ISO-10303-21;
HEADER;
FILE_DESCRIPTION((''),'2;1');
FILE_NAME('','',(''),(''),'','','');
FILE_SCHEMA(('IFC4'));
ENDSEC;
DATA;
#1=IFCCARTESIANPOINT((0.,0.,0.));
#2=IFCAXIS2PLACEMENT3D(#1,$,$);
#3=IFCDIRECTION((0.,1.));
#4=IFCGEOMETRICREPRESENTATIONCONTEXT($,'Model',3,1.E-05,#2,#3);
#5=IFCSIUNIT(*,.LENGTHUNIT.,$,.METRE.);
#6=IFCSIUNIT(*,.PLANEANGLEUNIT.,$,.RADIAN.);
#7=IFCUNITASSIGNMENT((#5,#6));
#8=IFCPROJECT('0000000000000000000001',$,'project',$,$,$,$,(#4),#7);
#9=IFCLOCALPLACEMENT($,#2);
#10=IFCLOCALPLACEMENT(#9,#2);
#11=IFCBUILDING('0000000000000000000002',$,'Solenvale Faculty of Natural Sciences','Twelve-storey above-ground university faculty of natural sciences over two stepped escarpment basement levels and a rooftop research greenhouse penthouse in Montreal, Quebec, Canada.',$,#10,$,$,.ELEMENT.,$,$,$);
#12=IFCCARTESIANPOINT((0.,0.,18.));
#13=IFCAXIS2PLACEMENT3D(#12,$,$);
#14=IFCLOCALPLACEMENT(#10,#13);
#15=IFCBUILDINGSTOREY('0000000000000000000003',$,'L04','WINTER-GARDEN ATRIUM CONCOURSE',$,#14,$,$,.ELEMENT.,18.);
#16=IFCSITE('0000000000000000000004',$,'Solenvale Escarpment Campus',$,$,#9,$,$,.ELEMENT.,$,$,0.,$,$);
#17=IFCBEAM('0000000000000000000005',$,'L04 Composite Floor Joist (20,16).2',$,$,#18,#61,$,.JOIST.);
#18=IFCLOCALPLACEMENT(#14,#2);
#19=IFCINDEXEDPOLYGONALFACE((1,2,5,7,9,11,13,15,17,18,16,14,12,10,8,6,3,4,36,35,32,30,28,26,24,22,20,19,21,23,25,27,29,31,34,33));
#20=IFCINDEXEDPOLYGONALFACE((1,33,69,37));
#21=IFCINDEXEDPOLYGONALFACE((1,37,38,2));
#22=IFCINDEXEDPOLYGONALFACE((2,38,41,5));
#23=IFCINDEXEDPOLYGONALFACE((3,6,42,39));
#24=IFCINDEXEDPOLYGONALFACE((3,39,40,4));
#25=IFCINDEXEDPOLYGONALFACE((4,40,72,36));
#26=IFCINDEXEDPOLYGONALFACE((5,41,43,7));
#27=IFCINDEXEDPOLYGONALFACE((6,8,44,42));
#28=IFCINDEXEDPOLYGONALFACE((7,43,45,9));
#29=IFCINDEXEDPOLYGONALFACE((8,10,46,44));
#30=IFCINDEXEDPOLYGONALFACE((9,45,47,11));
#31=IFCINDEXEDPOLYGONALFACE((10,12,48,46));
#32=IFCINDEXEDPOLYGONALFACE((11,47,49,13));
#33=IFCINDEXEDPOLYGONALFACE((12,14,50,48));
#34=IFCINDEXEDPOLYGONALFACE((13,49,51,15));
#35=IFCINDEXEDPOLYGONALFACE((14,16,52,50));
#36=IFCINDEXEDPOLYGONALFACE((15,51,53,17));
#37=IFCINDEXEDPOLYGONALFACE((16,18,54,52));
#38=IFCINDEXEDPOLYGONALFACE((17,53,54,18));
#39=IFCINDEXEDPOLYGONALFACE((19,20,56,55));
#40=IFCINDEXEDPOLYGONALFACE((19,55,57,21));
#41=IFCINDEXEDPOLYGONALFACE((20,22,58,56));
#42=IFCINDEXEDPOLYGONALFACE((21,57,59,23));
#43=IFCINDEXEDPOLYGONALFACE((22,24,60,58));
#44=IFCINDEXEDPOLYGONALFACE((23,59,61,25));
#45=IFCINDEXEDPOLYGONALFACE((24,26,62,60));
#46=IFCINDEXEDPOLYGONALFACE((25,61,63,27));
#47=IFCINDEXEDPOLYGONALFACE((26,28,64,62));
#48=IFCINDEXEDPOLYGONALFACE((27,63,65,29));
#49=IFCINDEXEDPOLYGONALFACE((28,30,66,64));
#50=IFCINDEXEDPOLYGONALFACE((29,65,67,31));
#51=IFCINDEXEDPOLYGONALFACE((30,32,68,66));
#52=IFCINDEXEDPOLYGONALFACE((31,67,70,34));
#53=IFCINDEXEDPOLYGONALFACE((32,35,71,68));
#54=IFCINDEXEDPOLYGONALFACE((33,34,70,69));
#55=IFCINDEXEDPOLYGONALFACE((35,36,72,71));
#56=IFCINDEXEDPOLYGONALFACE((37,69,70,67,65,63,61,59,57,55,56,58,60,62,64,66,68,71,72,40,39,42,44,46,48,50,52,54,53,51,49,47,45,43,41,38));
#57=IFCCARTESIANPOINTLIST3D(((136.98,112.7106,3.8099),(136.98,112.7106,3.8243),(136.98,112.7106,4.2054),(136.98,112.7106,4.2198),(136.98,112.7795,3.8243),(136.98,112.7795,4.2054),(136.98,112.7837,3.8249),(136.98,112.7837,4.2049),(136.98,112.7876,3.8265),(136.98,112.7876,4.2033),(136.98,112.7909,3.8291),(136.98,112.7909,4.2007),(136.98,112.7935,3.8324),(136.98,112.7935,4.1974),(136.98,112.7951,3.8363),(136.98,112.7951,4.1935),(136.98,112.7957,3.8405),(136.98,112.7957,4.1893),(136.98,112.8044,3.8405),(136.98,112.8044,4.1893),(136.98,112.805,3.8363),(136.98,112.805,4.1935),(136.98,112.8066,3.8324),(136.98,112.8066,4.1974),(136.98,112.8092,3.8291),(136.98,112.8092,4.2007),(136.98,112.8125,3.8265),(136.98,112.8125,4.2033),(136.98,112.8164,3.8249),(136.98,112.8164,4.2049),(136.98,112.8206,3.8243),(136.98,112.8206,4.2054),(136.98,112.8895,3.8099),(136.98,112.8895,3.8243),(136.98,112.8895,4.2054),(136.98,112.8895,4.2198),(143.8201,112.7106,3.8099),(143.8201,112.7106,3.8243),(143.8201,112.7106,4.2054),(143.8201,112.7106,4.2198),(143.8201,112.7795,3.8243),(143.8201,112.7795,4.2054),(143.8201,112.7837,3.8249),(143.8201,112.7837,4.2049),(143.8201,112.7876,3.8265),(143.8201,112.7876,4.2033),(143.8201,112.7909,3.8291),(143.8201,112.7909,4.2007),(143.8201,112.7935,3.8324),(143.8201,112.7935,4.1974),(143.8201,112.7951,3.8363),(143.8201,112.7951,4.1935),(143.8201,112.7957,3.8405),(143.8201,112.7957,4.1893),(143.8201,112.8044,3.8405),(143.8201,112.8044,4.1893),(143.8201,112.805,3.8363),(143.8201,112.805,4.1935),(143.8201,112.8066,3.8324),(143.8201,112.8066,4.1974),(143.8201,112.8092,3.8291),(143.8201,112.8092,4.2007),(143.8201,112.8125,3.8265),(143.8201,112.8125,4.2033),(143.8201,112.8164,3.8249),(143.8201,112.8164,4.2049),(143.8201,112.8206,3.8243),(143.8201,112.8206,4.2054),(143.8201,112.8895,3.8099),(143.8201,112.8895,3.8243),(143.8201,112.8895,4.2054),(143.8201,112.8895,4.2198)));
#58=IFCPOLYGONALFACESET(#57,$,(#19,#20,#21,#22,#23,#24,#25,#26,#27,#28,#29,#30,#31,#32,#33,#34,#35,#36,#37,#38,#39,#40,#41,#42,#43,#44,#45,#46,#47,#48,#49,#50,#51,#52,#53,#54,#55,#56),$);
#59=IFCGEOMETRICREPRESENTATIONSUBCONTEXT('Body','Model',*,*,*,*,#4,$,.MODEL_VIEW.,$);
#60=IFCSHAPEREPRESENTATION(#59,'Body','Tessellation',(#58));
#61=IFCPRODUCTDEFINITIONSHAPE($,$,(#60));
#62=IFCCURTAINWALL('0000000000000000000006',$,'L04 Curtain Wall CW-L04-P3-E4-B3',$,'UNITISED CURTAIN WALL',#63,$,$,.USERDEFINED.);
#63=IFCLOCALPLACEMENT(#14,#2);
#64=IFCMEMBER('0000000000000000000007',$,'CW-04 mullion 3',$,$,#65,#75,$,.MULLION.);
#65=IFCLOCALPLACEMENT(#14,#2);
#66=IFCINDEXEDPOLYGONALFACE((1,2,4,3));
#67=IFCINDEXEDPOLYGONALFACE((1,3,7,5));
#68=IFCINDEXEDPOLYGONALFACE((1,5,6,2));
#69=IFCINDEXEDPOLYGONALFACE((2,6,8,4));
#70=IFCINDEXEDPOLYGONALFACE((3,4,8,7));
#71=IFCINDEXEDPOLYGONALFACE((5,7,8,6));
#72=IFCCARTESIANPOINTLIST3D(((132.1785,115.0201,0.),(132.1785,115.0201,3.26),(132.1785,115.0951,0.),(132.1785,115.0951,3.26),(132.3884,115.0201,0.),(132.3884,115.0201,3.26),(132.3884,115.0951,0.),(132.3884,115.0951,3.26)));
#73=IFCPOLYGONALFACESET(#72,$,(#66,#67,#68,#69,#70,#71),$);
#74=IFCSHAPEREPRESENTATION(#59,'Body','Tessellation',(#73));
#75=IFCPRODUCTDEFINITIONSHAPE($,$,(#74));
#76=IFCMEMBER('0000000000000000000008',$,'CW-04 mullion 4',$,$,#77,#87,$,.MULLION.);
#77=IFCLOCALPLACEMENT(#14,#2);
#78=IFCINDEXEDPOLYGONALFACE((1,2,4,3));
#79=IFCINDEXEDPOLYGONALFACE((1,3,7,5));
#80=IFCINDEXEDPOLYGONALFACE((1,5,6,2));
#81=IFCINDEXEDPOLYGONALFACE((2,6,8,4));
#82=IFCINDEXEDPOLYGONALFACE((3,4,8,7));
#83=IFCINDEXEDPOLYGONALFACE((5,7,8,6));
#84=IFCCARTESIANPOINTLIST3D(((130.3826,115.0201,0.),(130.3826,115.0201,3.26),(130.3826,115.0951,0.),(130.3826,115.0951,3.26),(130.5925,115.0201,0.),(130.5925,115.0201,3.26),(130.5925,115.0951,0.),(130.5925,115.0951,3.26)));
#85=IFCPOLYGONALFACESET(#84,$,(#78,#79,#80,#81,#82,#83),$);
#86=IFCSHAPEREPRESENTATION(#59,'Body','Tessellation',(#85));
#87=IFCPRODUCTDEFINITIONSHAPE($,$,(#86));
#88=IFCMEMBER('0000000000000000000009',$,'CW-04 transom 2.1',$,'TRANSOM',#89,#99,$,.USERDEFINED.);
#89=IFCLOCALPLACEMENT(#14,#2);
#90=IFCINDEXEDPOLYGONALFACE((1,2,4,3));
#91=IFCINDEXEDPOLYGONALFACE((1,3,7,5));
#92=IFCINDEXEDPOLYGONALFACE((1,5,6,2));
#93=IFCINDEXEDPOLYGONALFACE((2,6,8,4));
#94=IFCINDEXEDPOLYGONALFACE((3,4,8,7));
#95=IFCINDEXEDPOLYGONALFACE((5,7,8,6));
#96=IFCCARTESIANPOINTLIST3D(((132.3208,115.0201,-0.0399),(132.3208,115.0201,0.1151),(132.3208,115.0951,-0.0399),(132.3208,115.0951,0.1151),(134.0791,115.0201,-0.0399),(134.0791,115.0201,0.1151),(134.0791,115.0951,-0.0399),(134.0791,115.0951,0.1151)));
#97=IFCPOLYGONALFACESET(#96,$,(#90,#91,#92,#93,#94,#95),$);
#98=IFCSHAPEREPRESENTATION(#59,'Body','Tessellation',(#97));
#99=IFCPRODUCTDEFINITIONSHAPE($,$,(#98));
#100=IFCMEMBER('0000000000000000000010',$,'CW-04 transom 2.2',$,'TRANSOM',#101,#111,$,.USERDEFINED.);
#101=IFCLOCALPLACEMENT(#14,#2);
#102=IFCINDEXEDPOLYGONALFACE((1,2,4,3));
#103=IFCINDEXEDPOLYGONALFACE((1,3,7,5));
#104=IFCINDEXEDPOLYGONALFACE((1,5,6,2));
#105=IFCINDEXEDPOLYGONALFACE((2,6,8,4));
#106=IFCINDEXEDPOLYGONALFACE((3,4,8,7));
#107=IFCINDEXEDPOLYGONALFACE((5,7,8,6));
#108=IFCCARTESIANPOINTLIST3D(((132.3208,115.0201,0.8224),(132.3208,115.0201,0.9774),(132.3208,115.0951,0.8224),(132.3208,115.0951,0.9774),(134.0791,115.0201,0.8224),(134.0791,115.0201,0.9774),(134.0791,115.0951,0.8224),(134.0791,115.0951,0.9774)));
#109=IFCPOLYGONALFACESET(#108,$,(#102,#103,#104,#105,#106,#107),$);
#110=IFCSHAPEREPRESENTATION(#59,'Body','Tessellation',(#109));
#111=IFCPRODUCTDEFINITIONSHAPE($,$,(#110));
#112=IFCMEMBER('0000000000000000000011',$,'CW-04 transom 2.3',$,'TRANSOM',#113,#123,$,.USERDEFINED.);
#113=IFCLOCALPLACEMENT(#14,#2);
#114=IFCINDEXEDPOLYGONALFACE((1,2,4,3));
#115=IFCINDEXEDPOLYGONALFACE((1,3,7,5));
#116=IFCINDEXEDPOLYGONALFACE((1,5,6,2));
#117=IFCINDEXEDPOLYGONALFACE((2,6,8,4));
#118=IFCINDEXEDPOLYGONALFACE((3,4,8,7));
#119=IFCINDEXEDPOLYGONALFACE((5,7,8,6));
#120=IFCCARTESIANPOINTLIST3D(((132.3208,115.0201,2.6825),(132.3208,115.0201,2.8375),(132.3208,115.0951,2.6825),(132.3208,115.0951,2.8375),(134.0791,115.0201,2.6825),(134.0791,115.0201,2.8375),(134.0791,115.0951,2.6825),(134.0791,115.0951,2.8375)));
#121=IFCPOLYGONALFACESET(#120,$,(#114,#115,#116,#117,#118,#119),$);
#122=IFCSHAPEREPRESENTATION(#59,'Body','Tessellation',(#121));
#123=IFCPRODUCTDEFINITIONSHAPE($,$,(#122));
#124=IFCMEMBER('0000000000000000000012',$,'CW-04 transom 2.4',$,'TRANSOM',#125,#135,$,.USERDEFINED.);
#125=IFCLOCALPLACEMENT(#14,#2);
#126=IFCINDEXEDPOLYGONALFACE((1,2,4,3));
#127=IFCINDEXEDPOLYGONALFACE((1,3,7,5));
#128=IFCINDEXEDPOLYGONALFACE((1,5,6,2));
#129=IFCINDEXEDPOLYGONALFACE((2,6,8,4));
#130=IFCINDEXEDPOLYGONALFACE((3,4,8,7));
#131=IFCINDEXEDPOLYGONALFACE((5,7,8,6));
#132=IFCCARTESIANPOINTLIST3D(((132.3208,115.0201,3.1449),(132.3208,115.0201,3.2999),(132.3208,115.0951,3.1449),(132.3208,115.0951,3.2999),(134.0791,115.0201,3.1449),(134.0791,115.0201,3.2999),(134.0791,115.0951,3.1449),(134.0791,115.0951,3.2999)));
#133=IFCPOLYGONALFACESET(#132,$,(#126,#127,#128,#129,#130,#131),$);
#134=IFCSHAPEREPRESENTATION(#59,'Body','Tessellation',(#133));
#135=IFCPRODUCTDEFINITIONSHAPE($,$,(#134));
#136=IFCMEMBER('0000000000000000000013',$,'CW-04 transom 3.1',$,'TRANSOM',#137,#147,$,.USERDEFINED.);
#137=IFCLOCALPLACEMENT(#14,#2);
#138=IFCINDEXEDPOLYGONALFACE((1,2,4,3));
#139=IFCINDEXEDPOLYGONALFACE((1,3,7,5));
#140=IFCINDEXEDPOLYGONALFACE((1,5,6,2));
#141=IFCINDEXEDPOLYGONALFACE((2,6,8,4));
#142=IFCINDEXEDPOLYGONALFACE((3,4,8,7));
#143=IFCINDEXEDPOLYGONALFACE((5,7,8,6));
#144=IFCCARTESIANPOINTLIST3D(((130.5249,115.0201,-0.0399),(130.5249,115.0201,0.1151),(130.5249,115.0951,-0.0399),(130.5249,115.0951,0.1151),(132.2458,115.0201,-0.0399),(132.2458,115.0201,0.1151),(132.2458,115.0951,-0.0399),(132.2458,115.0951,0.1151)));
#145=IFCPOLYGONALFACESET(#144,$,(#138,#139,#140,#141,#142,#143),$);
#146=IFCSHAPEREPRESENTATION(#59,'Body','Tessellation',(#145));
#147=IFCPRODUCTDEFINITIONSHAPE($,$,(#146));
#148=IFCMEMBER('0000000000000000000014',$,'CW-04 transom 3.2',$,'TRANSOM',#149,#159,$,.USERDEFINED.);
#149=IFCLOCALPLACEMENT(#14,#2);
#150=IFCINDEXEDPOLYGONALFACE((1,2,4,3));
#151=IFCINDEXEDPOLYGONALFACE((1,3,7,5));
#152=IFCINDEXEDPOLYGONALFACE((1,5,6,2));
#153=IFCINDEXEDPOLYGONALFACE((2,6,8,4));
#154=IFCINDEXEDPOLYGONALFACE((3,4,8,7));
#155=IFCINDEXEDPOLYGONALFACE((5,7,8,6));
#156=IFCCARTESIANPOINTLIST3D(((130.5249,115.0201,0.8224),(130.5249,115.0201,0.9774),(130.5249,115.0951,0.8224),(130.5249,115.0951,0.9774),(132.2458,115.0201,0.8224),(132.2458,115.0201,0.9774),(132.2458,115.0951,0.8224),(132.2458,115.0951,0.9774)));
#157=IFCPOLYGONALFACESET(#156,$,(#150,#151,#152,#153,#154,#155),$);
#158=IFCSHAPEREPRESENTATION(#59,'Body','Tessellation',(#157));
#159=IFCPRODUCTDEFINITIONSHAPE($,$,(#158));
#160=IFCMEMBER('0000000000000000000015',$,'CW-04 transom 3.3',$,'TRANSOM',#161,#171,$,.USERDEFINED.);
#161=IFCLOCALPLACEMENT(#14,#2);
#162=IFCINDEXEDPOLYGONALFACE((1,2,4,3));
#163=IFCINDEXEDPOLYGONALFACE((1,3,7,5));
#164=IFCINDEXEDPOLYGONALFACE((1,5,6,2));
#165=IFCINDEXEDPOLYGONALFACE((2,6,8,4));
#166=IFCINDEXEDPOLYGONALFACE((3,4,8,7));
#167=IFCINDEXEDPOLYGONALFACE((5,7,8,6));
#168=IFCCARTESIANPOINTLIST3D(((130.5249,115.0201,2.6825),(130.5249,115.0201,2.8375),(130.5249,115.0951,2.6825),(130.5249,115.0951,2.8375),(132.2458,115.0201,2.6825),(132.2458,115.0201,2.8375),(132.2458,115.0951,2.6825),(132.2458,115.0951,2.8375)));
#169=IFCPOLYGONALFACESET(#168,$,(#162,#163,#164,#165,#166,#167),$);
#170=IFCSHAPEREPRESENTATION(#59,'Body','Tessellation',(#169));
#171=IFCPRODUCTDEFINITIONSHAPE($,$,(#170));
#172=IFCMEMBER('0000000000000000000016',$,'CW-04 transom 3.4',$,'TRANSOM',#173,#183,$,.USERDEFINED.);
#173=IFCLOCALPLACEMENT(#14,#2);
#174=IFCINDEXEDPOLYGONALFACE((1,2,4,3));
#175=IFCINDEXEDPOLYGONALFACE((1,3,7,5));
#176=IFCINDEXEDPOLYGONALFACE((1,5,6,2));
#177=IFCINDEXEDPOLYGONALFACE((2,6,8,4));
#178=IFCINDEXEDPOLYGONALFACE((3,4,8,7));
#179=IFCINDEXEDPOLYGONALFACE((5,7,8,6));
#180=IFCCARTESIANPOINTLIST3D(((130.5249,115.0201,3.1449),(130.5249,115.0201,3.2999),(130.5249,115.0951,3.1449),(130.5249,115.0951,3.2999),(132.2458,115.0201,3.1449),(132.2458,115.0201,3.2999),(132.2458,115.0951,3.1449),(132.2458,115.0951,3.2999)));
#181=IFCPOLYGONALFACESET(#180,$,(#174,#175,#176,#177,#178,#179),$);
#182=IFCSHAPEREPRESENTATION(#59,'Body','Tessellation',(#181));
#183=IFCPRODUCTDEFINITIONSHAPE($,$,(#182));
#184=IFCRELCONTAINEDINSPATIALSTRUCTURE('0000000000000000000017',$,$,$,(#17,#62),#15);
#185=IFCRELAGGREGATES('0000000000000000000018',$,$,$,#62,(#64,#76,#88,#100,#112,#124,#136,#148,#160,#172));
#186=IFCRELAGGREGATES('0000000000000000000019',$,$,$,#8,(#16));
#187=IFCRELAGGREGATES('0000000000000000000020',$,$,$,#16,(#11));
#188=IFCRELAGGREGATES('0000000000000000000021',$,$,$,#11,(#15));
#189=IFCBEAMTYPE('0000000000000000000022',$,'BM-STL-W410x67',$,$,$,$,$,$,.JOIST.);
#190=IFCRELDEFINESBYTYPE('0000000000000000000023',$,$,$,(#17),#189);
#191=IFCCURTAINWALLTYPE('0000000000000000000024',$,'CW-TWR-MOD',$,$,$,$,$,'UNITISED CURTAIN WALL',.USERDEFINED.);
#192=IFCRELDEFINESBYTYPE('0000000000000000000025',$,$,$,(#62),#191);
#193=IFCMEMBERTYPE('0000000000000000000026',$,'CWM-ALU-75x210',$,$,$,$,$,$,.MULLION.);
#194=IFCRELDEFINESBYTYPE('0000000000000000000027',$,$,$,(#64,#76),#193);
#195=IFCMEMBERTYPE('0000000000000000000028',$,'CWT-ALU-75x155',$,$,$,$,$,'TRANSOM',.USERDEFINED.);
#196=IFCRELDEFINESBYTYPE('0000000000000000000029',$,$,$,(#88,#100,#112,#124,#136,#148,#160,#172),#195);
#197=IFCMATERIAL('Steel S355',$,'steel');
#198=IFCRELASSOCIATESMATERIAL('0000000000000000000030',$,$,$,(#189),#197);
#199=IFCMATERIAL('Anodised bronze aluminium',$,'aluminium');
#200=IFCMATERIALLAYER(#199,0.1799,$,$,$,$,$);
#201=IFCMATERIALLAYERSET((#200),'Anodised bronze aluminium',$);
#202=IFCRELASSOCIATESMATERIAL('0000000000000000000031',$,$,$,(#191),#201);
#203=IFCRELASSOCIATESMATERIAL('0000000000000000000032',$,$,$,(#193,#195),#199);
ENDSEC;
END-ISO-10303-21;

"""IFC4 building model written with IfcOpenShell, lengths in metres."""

from ifc_helpers import new_model, si_unit, direction, frame, origin, origin_2d, place, context, subcontext, project, spatial, rectangle, i_section, extrude, material, layer, layer_set, material_profile, profile_set, type_object, element, aggregate, save


model = new_model("IFC4")

# Units and contexts
model_context = context("Model", 3, precision=1e-05, world=origin(), true_north=direction((0.0, 1.0)))
body_context = subcontext(model_context, "Body", "Model", "MODEL_VIEW")
ifc_project = project(units=[si_unit("LENGTHUNIT", "METRE"), si_unit("PLANEANGLEUNIT", "RADIAN")], contexts=[model_context])

# Site, building, storey
site_placement = place(None, origin())
site = spatial("IfcSite", under=ifc_project, at=site_placement, Name="Solenvale Escarpment Campus", CompositionType="ELEMENT", RefElevation=0.0)
building_placement = place(site_placement, origin())
building = spatial("IfcBuilding", under=site, at=building_placement, Name="Solenvale Faculty of Natural Sciences", Description="Twelve-storey above-ground university faculty of natural sciences over two stepped escarpment basement levels and a rooftop research greenhouse penthouse in Montreal, Quebec, Canada.", CompositionType="ELEMENT")
storey_placement = place(building_placement, frame((0.0, 0.0, 18.0)))
storey = spatial("IfcBuildingStorey", under=building, at=storey_placement, Name="L04", Description="WINTER-GARDEN ATRIUM CONCOURSE", CompositionType="ELEMENT", Elevation=18.0)

# Beam
ifc_material_1 = material(Name="Steel S355", Category="steel")
ifc_material_profile_1 = material_profile(ifc_material_1, i_section(OverallWidth=0.179, OverallDepth=0.4099, WebThickness=0.0088, FlangeThickness=0.0144, FilletRadius=0.0161, at=origin_2d()), Name="W410x67")
ifc_profile_set_1 = profile_set([ifc_material_profile_1], Name="Steel S355")
beam_type_1 = type_object("IfcBeamType", Name="BM-STL-W410x67", PredefinedType="JOIST", material=ifc_profile_set_1)
for number, where, z_axis, x_axis, name in (
    (1, (136.98, 112.8, 4.0149), (1.0, 0.0, 0.0), (0.0, 1.0, 0.0), "L04 Composite Floor Joist (20,16).2"),
):
    element("IfcBeam", number, at=place(storey_placement, frame(where, z_axis=z_axis, x_axis=x_axis)), inside=storey, type_object=beam_type_1, Name=name, PredefinedType="JOIST", context=body_context, shape_type="SweptSolid", body=[
        extrude(i_section(OverallWidth=0.179, OverallDepth=0.4099, WebThickness=0.0088, FlangeThickness=0.0144, FilletRadius=0.0161, at=origin_2d()), origin(), (0.0, 0.0, 1.0), 6.8401),
    ])

# Curtain wall, members
ifc_material_2 = material(Name="Anodised bronze aluminium", Category="aluminium")
ifc_layer_1 = layer(ifc_material_2, 0.1799)
ifc_layer_set_1 = layer_set([ifc_layer_1], Name="Anodised bronze aluminium")
curtain_wall_type = type_object("IfcCurtainWallType", Name="CW-TWR-MOD", ElementType="UNITISED CURTAIN WALL", PredefinedType="USERDEFINED", material=ifc_layer_set_1)
curtain_wall_placement = place(storey_placement, origin())
curtain_wall = element("IfcCurtainWall", 2, at=curtain_wall_placement, inside=storey, type_object=curtain_wall_type, Name="L04 Curtain Wall CW-L04-P3-E4-B3", ObjectType="UNITISED CURTAIN WALL", PredefinedType="USERDEFINED")
ifc_material_profile_2 = material_profile(ifc_material_2, rectangle(XDim=0.075, YDim=0.21, at=origin_2d()), Name="ALU-MUL-75x210")
ifc_profile_set_2 = profile_set([ifc_material_profile_2], Name="Anodised bronze aluminium")
member_type_1 = type_object("IfcMemberType", Name="CWM-ALU-75x210", PredefinedType="MULLION", material=ifc_profile_set_2)
member_1_placement = place(storey_placement, frame((132.2834, 115.0576, 0.0), z_axis=(0.0, 0.0, 1.0), x_axis=(0.0, -1.0, 0.0)))
member_1 = element("IfcMember", 3, at=member_1_placement, type_object=member_type_1, Name="CW-04 mullion 3", PredefinedType="MULLION", context=body_context, shape_type="SweptSolid", body=[
    extrude(rectangle(XDim=0.075, YDim=0.21, at=origin_2d()), origin(), (0.0, 0.0, 1.0), 3.26),
])
member_2_placement = place(storey_placement, frame((130.4875, 115.0576, 0.0), z_axis=(0.0, 0.0, 1.0), x_axis=(0.0, -1.0, 0.0)))
member_2 = element("IfcMember", 4, at=member_2_placement, type_object=member_type_1, Name="CW-04 mullion 4", PredefinedType="MULLION", context=body_context, shape_type="SweptSolid", body=[
    extrude(rectangle(XDim=0.075, YDim=0.21, at=origin_2d()), origin(), (0.0, 0.0, 1.0), 3.26),
])
ifc_material_profile_3 = material_profile(ifc_material_2, rectangle(XDim=0.075, YDim=0.155, at=origin_2d()), Name="ALU-TRN-75x155")
ifc_profile_set_3 = profile_set([ifc_material_profile_3], Name="Anodised bronze aluminium")
member_type_2 = type_object("IfcMemberType", Name="CWT-ALU-75x155", ElementType="TRANSOM", PredefinedType="USERDEFINED", material=ifc_profile_set_3)
member_3_placement = place(storey_placement, frame((134.0791, 115.0576, 0.0376), z_axis=(-1.0, 0.0, 0.0), x_axis=(0.0, -1.0, 0.0)))
member_3 = element("IfcMember", 5, at=member_3_placement, type_object=member_type_2, Name="CW-04 transom 2.1", ObjectType="TRANSOM", PredefinedType="USERDEFINED", context=body_context, shape_type="SweptSolid", body=[
    extrude(rectangle(XDim=0.075, YDim=0.155, at=origin_2d()), origin(), (0.0, 0.0, 1.0), 1.7583),
])
member_4_placement = place(storey_placement, frame((134.0791, 115.0576, 0.8999), z_axis=(-1.0, 0.0, 0.0), x_axis=(0.0, -1.0, 0.0)))
member_4 = element("IfcMember", 6, at=member_4_placement, type_object=member_type_2, Name="CW-04 transom 2.2", ObjectType="TRANSOM", PredefinedType="USERDEFINED", context=body_context, shape_type="SweptSolid", body=[
    extrude(rectangle(XDim=0.075, YDim=0.155, at=origin_2d()), origin(), (0.0, 0.0, 1.0), 1.7583),
])
member_5_placement = place(storey_placement, frame((134.0791, 115.0576, 2.76), z_axis=(-1.0, 0.0, 0.0), x_axis=(0.0, -1.0, 0.0)))
member_5 = element("IfcMember", 7, at=member_5_placement, type_object=member_type_2, Name="CW-04 transom 2.3", ObjectType="TRANSOM", PredefinedType="USERDEFINED", context=body_context, shape_type="SweptSolid", body=[
    extrude(rectangle(XDim=0.075, YDim=0.155, at=origin_2d()), origin(), (0.0, 0.0, 1.0), 1.7583),
])
member_6_placement = place(storey_placement, frame((134.0791, 115.0576, 3.2224), z_axis=(-1.0, 0.0, 0.0), x_axis=(0.0, -1.0, 0.0)))
member_6 = element("IfcMember", 8, at=member_6_placement, type_object=member_type_2, Name="CW-04 transom 2.4", ObjectType="TRANSOM", PredefinedType="USERDEFINED", context=body_context, shape_type="SweptSolid", body=[
    extrude(rectangle(XDim=0.075, YDim=0.155, at=origin_2d()), origin(), (0.0, 0.0, 1.0), 1.7583),
])
member_7_placement = place(storey_placement, frame((132.2458, 115.0576, 0.0376), z_axis=(-1.0, 0.0, 0.0), x_axis=(0.0, -1.0, 0.0)))
member_7 = element("IfcMember", 9, at=member_7_placement, type_object=member_type_2, Name="CW-04 transom 3.1", ObjectType="TRANSOM", PredefinedType="USERDEFINED", context=body_context, shape_type="SweptSolid", body=[
    extrude(rectangle(XDim=0.075, YDim=0.155, at=origin_2d()), origin(), (0.0, 0.0, 1.0), 1.7209),
])
member_8_placement = place(storey_placement, frame((132.2458, 115.0576, 0.8999), z_axis=(-1.0, 0.0, 0.0), x_axis=(0.0, -1.0, 0.0)))
member_8 = element("IfcMember", 10, at=member_8_placement, type_object=member_type_2, Name="CW-04 transom 3.2", ObjectType="TRANSOM", PredefinedType="USERDEFINED", context=body_context, shape_type="SweptSolid", body=[
    extrude(rectangle(XDim=0.075, YDim=0.155, at=origin_2d()), origin(), (0.0, 0.0, 1.0), 1.7209),
])
member_9_placement = place(storey_placement, frame((132.2458, 115.0576, 2.76), z_axis=(-1.0, 0.0, 0.0), x_axis=(0.0, -1.0, 0.0)))
member_9 = element("IfcMember", 11, at=member_9_placement, type_object=member_type_2, Name="CW-04 transom 3.3", ObjectType="TRANSOM", PredefinedType="USERDEFINED", context=body_context, shape_type="SweptSolid", body=[
    extrude(rectangle(XDim=0.075, YDim=0.155, at=origin_2d()), origin(), (0.0, 0.0, 1.0), 1.7209),
])
member_10_placement = place(storey_placement, frame((132.2458, 115.0576, 3.2224), z_axis=(-1.0, 0.0, 0.0), x_axis=(0.0, -1.0, 0.0)))
member_10 = element("IfcMember", 12, at=member_10_placement, type_object=member_type_2, Name="CW-04 transom 3.4", ObjectType="TRANSOM", PredefinedType="USERDEFINED", context=body_context, shape_type="SweptSolid", body=[
    extrude(rectangle(XDim=0.075, YDim=0.155, at=origin_2d()), origin(), (0.0, 0.0, 1.0), 1.7209),
])
aggregate(curtain_wall, [member_1, member_2, member_3, member_4, member_5, member_6, member_7, member_8, member_9, member_10])

save(model, "model.ifc")
